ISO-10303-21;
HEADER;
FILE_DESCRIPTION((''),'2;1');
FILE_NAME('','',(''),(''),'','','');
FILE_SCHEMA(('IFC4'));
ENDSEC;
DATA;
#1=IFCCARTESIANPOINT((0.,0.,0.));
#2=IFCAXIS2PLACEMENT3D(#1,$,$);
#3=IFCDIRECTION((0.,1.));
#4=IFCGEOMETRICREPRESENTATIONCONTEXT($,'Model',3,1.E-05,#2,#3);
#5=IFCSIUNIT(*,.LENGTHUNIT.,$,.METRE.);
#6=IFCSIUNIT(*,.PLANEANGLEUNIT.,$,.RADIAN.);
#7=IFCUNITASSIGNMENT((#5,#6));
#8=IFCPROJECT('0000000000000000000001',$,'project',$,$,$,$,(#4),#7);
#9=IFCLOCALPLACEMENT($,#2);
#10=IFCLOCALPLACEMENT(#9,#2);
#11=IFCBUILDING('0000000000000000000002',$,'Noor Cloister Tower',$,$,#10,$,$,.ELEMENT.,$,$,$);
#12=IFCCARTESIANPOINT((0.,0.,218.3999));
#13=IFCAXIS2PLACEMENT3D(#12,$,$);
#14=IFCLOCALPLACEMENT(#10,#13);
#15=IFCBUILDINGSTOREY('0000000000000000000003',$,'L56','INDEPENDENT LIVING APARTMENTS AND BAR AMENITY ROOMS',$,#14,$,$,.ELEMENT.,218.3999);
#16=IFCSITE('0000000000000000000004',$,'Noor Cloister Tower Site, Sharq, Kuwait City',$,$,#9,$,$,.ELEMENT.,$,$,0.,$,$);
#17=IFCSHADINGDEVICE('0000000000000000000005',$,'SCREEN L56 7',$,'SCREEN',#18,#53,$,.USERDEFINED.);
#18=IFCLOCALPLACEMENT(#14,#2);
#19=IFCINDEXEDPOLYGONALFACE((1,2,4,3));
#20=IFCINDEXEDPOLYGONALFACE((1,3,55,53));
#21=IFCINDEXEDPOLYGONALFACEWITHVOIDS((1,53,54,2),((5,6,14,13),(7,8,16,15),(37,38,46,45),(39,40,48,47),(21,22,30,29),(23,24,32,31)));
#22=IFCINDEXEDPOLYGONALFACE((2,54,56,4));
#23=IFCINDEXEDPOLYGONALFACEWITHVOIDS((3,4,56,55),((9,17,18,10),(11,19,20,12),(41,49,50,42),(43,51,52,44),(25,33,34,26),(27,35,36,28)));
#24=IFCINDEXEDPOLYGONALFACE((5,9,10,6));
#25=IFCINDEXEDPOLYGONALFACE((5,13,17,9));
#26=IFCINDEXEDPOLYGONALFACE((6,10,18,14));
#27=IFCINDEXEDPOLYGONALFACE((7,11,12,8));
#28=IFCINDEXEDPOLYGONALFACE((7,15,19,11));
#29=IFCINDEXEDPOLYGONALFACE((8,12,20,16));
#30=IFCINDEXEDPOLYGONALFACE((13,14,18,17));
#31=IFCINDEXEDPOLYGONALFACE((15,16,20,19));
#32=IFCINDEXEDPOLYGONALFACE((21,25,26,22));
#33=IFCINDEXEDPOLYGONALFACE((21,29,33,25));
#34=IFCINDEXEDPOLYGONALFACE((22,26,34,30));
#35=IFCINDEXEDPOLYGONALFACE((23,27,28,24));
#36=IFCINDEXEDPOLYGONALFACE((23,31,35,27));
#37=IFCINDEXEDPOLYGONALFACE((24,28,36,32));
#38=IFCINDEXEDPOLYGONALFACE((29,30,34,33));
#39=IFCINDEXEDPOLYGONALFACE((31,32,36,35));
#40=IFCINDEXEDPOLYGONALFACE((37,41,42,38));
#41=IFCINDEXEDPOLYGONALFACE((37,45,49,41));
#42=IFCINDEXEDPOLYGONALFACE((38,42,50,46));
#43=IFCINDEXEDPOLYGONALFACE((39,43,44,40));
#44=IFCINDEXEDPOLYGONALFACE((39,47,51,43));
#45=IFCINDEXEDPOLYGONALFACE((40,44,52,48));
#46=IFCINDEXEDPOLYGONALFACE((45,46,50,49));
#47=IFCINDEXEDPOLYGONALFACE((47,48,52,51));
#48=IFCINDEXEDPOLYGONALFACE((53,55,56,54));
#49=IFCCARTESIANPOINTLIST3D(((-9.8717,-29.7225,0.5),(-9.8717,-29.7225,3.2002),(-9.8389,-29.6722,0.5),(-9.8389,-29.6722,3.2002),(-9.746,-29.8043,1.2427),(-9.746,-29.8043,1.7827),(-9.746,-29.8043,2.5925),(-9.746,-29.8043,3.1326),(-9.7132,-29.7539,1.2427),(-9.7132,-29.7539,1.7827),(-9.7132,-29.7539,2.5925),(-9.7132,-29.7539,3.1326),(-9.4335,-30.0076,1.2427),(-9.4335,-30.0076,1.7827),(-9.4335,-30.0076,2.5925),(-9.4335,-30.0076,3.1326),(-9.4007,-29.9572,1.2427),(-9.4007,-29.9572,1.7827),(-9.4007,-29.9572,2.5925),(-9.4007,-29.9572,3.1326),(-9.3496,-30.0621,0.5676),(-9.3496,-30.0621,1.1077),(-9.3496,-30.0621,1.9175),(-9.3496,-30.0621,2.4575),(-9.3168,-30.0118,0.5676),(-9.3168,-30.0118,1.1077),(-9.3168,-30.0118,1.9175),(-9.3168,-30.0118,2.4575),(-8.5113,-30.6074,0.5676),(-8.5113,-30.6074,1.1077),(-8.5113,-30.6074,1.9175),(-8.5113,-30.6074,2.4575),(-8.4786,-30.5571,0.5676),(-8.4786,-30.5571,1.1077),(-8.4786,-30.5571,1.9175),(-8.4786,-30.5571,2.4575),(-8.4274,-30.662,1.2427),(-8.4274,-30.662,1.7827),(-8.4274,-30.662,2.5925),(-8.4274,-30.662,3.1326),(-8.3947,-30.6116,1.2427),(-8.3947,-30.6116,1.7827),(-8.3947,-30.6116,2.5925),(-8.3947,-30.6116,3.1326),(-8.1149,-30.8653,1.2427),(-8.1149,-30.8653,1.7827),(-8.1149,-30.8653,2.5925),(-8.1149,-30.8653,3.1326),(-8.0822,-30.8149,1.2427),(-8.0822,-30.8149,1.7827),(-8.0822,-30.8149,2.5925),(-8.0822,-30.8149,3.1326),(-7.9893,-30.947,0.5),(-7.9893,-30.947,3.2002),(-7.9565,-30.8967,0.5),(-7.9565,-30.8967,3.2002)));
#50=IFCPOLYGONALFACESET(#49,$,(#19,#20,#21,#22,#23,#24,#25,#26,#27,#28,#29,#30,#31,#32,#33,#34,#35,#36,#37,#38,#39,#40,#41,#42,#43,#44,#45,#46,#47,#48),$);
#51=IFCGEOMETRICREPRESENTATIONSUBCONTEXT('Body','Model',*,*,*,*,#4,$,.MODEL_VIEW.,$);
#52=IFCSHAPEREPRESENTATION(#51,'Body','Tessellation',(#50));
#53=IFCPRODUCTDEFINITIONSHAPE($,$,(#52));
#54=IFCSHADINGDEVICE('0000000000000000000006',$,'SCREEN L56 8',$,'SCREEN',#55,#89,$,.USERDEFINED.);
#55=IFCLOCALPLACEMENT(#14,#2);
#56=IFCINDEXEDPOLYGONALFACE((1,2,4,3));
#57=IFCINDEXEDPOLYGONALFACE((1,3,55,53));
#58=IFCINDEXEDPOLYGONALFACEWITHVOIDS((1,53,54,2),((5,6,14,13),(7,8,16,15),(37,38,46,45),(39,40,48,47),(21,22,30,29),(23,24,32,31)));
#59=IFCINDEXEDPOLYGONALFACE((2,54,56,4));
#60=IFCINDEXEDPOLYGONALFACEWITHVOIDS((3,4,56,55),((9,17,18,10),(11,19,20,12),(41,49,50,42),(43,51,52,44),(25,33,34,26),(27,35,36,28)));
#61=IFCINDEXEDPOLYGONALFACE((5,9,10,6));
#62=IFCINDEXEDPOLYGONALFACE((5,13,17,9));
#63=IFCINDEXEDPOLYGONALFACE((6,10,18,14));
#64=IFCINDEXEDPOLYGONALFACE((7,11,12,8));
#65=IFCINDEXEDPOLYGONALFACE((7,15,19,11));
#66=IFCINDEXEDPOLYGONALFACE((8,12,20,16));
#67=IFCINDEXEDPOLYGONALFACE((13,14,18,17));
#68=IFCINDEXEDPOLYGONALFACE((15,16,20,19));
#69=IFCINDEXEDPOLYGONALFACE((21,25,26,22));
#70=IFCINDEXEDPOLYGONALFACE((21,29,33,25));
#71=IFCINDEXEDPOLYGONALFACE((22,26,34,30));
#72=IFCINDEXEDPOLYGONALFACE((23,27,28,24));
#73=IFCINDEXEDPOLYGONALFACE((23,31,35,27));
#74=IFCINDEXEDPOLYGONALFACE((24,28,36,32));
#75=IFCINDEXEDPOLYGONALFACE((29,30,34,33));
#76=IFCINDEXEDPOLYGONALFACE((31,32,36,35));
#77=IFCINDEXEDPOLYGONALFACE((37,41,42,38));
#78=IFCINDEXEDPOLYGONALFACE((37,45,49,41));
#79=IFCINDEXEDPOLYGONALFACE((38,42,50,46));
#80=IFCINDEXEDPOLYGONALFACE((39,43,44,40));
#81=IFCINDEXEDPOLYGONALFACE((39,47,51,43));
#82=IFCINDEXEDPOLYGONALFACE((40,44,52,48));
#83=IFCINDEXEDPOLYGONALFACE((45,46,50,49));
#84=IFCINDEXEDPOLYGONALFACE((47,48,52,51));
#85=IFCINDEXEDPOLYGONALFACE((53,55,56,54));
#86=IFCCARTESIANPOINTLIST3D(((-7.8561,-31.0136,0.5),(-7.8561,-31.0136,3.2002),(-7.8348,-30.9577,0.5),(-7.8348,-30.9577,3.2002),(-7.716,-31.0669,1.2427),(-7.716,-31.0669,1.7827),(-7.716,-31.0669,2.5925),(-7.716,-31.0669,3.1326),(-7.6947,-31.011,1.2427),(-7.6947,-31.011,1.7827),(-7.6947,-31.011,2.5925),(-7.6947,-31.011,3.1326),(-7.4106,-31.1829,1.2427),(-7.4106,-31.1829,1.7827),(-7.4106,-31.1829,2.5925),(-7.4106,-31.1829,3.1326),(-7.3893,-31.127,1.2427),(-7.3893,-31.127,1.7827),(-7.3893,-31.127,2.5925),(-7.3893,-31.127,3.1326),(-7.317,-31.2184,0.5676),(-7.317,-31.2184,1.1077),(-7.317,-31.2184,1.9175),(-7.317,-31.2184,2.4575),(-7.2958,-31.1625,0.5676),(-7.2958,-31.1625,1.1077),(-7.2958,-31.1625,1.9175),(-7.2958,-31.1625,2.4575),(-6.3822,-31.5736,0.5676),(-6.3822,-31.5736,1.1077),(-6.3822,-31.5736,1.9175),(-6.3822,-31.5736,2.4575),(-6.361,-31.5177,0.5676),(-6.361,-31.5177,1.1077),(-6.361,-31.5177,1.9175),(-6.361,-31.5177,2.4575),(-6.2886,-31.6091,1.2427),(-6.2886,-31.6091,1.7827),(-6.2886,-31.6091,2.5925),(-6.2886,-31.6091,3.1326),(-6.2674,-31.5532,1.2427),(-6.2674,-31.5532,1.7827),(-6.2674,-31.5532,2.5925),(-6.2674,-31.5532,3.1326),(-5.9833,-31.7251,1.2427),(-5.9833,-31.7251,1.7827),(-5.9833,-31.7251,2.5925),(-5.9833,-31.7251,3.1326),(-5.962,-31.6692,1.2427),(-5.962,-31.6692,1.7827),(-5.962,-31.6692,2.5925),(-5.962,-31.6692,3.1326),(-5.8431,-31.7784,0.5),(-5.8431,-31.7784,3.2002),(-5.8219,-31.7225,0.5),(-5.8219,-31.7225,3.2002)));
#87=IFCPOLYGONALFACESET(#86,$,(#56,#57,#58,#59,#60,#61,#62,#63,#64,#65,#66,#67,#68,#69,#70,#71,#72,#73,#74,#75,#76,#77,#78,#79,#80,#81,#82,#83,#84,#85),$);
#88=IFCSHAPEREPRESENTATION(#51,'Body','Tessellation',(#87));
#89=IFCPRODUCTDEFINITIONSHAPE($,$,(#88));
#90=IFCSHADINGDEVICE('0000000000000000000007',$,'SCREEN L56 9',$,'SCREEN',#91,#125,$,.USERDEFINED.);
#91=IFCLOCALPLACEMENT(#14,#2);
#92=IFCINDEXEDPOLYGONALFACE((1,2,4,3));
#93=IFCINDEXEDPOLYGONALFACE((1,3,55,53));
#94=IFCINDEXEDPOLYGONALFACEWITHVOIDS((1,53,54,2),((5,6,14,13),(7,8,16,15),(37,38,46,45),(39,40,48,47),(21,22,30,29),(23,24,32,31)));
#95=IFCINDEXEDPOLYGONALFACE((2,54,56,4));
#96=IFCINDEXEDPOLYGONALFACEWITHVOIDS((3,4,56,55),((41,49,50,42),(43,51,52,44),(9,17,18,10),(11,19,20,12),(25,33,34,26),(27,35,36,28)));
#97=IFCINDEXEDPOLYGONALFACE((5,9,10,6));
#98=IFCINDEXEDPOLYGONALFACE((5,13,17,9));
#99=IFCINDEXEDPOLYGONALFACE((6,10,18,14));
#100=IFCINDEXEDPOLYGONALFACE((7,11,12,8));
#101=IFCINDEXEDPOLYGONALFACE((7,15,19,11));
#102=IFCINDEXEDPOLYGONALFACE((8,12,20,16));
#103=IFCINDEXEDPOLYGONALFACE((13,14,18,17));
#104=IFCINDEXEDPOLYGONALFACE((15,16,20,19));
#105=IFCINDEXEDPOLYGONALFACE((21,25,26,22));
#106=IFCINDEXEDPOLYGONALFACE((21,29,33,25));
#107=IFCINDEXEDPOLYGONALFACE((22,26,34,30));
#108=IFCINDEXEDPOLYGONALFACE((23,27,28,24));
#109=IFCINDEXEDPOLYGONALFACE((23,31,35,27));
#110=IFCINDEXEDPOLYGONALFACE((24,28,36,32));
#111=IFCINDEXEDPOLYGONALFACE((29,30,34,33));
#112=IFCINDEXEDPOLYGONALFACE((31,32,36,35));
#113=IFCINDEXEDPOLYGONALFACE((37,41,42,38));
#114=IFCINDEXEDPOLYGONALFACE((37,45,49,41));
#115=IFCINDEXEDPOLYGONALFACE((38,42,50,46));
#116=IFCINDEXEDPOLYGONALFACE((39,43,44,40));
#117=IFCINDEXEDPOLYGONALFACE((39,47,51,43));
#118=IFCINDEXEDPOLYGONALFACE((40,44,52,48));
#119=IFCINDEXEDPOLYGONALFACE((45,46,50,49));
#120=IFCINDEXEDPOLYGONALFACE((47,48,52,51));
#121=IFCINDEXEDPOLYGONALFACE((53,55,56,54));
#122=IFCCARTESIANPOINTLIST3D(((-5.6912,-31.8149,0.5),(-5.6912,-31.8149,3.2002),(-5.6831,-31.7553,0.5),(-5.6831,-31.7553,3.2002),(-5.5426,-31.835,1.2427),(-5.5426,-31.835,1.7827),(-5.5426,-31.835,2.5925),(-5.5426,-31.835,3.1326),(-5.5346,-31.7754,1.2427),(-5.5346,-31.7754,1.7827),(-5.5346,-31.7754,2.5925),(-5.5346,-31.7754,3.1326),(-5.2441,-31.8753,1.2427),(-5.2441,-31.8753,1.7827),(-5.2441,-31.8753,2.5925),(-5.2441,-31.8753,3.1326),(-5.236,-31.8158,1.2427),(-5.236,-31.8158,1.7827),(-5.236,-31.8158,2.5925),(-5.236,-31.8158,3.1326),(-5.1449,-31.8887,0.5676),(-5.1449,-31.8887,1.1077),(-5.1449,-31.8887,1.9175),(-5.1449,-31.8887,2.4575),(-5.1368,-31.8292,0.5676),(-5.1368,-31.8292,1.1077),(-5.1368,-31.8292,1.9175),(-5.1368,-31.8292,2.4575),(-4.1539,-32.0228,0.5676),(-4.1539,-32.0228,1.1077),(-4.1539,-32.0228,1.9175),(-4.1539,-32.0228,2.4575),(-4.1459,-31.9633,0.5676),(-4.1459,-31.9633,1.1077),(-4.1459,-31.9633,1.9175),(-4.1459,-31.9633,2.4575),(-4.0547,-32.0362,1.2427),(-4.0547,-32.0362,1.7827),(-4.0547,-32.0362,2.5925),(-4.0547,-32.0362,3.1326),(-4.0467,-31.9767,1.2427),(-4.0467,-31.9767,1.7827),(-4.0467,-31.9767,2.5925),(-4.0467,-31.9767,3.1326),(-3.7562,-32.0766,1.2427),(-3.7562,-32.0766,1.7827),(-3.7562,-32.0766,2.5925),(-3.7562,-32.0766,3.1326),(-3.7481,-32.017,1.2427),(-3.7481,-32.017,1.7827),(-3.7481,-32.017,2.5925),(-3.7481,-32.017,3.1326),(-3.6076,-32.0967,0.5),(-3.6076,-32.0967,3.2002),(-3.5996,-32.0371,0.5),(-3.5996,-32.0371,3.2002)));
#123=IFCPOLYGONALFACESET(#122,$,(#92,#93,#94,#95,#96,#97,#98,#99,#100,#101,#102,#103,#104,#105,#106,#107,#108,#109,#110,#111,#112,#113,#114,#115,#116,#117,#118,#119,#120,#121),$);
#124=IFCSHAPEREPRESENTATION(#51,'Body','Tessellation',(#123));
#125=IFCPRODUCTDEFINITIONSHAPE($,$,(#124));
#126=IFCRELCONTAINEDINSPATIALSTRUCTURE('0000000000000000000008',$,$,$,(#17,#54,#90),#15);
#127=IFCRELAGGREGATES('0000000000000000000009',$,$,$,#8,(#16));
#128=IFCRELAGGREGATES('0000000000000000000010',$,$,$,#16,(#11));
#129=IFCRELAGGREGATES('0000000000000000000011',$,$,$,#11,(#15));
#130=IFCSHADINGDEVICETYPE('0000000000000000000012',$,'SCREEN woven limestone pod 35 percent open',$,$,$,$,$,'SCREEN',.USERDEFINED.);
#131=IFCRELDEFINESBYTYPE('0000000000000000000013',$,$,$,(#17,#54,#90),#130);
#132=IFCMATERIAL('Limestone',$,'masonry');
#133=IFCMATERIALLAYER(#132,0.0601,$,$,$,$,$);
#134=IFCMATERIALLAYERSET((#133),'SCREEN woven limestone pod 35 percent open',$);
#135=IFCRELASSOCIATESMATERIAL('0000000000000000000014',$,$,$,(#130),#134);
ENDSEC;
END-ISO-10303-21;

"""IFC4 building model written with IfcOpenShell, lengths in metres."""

from ifc_helpers import new_model, si_unit, direction, frame, origin, place, context, subcontext, project, spatial, polyline, outline, extrude, material, layer, layer_set, type_object, element, save


model = new_model("IFC4")

# Units and contexts
model_context = context("Model", 3, precision=1e-05, world=origin(), true_north=direction((0.0, 1.0)))
body_context = subcontext(model_context, "Body", "Model", "MODEL_VIEW")
ifc_project = project(units=[si_unit("LENGTHUNIT", "METRE"), si_unit("PLANEANGLEUNIT", "RADIAN")], contexts=[model_context])

# Site, building, storey
site_placement = place(None, origin())
site = spatial("IfcSite", under=ifc_project, at=site_placement, Name="Noor Cloister Tower Site, Sharq, Kuwait City", CompositionType="ELEMENT", RefElevation=0.0)
building_placement = place(site_placement, origin())
building = spatial("IfcBuilding", under=site, at=building_placement, Name="Noor Cloister Tower", CompositionType="ELEMENT")
storey_placement = place(building_placement, frame((0.0, 0.0, 218.3999)))
storey = spatial("IfcBuildingStorey", under=building, at=storey_placement, Name="L56", Description="INDEPENDENT LIVING APARTMENTS AND BAR AMENITY ROOMS", CompositionType="ELEMENT", Elevation=218.3999)

# Shading devices
ifc_material_1 = material(Name="Limestone", Category="masonry")
ifc_layer_1 = layer(ifc_material_1, 0.0601)
ifc_layer_set_1 = layer_set([ifc_layer_1], Name="SCREEN woven limestone pod 35 percent open")
shading_device_type = type_object("IfcShadingDeviceType", Name="SCREEN woven limestone pod 35 percent open", ElementType="SCREEN", PredefinedType="USERDEFINED", material=ifc_layer_set_1)
shading_device_1_placement = place(storey_placement, frame((-8.8977, -30.2844, 1.8501), z_axis=(-0.545274, -0.838258, 0.0), x_axis=(0.838258, -0.545274, 0.0)))
element("IfcShadingDevice", 1, at=shading_device_1_placement, inside=storey, type_object=shading_device_type, Name="SCREEN L56 7", ObjectType="SCREEN", PredefinedType="USERDEFINED", context=body_context, shape_type="SweptSolid", body=[
    extrude(outline(polyline([(-1.1228, -1.3501), (1.1228, -1.3501), (1.1228, 1.3501), (-1.1228, 1.3501), (-1.1228, -1.3501)]), holes=[polyline([(-0.5, -1.2825), (0.5, -1.2825), (0.5, -0.7424), (-0.5, -0.7424), (-0.5, -1.2825)]), polyline([(0.6001, -0.6074), (0.9729, -0.6074), (0.9729, -0.0674), (0.6001, -0.0674), (0.6001, -0.6074)]), polyline([(-0.9729, -0.6074), (-0.6001, -0.6074), (-0.6001, -0.0674), (-0.9729, -0.0674), (-0.9729, -0.6074)]), polyline([(-0.5, 0.0674), (0.5, 0.0674), (0.5, 0.6074), (-0.5, 0.6074), (-0.5, 0.0674)]), polyline([(0.6001, 0.7424), (0.9729, 0.7424), (0.9729, 1.2825), (0.6001, 1.2825), (0.6001, 0.7424)]), polyline([(-0.9729, 0.7424), (-0.6001, 0.7424), (-0.6001, 1.2825), (-0.9729, 1.2825), (-0.9729, 0.7424)])]), origin(), (0.0, 0.0, 1.0), 0.0601),
])
shading_device_2_placement = place(storey_placement, frame((-6.8284, -31.3401, 1.8501), z_axis=(-0.355146, -0.934811, 0.0), x_axis=(0.934811, -0.355146, 0.0)))
element("IfcShadingDevice", 2, at=shading_device_2_placement, inside=storey, type_object=shading_device_type, Name="SCREEN L56 8", ObjectType="SCREEN", PredefinedType="USERDEFINED", context=body_context, shape_type="SweptSolid", body=[
    extrude(outline(polyline([(-1.0767, -1.3501), (1.0767, -1.3501), (1.0767, 1.3501), (-1.0767, 1.3501), (-1.0767, -1.3501)]), holes=[polyline([(-0.5, -1.2825), (0.5, -1.2825), (0.5, -0.7424), (-0.5, -0.7424), (-0.5, -1.2825)]), polyline([(0.6001, -0.6074), (0.9268, -0.6074), (0.9268, -0.0674), (0.6001, -0.0674), (0.6001, -0.6074)]), polyline([(-0.9268, -0.6074), (-0.6001, -0.6074), (-0.6001, -0.0674), (-0.9268, -0.0674), (-0.9268, -0.6074)]), polyline([(-0.5, 0.0674), (0.5, 0.0674), (0.5, 0.6074), (-0.5, 0.6074), (-0.5, 0.0674)]), polyline([(0.6001, 0.7424), (0.9268, 0.7424), (0.9268, 1.2825), (0.6001, 1.2825), (0.6001, 0.7424)]), polyline([(-0.9268, 0.7424), (-0.6001, 0.7424), (-0.6001, 1.2825), (-0.9268, 1.2825), (-0.9268, 0.7424)])]), origin(), (0.0, 0.0, 1.0), 0.0598),
])
shading_device_3_placement = place(storey_placement, frame((-4.6414, -31.8962, 1.8501), z_axis=(-0.134026, -0.990978, 0.0), x_axis=(0.990978, -0.134026, 0.0)))
element("IfcShadingDevice", 3, at=shading_device_3_placement, inside=storey, type_object=shading_device_type, Name="SCREEN L56 9", ObjectType="SCREEN", PredefinedType="USERDEFINED", context=body_context, shape_type="SweptSolid", body=[
    extrude(outline(polyline([(-1.0513, -1.3501), (1.0513, -1.3501), (1.0513, 1.3501), (-1.0513, 1.3501), (-1.0513, -1.3501)]), holes=[polyline([(-0.5, -1.2825), (0.5, -1.2825), (0.5, -0.7424), (-0.5, -0.7424), (-0.5, -1.2825)]), polyline([(0.6001, -0.6074), (0.9014, -0.6074), (0.9014, -0.0674), (0.6001, -0.0674), (0.6001, -0.6074)]), polyline([(-0.9014, -0.6074), (-0.6001, -0.6074), (-0.6001, -0.0674), (-0.9014, -0.0674), (-0.9014, -0.6074)]), polyline([(-0.5, 0.0674), (0.5, 0.0674), (0.5, 0.6074), (-0.5, 0.6074), (-0.5, 0.0674)]), polyline([(0.6001, 0.7424), (0.9014, 0.7424), (0.9014, 1.2825), (0.6001, 1.2825), (0.6001, 0.7424)]), polyline([(-0.9014, 0.7424), (-0.6001, 0.7424), (-0.6001, 1.2825), (-0.9014, 1.2825), (-0.9014, 0.7424)])]), origin(), (0.0, 0.0, 1.0), 0.0601),
])

save(model, "model.ifc")
